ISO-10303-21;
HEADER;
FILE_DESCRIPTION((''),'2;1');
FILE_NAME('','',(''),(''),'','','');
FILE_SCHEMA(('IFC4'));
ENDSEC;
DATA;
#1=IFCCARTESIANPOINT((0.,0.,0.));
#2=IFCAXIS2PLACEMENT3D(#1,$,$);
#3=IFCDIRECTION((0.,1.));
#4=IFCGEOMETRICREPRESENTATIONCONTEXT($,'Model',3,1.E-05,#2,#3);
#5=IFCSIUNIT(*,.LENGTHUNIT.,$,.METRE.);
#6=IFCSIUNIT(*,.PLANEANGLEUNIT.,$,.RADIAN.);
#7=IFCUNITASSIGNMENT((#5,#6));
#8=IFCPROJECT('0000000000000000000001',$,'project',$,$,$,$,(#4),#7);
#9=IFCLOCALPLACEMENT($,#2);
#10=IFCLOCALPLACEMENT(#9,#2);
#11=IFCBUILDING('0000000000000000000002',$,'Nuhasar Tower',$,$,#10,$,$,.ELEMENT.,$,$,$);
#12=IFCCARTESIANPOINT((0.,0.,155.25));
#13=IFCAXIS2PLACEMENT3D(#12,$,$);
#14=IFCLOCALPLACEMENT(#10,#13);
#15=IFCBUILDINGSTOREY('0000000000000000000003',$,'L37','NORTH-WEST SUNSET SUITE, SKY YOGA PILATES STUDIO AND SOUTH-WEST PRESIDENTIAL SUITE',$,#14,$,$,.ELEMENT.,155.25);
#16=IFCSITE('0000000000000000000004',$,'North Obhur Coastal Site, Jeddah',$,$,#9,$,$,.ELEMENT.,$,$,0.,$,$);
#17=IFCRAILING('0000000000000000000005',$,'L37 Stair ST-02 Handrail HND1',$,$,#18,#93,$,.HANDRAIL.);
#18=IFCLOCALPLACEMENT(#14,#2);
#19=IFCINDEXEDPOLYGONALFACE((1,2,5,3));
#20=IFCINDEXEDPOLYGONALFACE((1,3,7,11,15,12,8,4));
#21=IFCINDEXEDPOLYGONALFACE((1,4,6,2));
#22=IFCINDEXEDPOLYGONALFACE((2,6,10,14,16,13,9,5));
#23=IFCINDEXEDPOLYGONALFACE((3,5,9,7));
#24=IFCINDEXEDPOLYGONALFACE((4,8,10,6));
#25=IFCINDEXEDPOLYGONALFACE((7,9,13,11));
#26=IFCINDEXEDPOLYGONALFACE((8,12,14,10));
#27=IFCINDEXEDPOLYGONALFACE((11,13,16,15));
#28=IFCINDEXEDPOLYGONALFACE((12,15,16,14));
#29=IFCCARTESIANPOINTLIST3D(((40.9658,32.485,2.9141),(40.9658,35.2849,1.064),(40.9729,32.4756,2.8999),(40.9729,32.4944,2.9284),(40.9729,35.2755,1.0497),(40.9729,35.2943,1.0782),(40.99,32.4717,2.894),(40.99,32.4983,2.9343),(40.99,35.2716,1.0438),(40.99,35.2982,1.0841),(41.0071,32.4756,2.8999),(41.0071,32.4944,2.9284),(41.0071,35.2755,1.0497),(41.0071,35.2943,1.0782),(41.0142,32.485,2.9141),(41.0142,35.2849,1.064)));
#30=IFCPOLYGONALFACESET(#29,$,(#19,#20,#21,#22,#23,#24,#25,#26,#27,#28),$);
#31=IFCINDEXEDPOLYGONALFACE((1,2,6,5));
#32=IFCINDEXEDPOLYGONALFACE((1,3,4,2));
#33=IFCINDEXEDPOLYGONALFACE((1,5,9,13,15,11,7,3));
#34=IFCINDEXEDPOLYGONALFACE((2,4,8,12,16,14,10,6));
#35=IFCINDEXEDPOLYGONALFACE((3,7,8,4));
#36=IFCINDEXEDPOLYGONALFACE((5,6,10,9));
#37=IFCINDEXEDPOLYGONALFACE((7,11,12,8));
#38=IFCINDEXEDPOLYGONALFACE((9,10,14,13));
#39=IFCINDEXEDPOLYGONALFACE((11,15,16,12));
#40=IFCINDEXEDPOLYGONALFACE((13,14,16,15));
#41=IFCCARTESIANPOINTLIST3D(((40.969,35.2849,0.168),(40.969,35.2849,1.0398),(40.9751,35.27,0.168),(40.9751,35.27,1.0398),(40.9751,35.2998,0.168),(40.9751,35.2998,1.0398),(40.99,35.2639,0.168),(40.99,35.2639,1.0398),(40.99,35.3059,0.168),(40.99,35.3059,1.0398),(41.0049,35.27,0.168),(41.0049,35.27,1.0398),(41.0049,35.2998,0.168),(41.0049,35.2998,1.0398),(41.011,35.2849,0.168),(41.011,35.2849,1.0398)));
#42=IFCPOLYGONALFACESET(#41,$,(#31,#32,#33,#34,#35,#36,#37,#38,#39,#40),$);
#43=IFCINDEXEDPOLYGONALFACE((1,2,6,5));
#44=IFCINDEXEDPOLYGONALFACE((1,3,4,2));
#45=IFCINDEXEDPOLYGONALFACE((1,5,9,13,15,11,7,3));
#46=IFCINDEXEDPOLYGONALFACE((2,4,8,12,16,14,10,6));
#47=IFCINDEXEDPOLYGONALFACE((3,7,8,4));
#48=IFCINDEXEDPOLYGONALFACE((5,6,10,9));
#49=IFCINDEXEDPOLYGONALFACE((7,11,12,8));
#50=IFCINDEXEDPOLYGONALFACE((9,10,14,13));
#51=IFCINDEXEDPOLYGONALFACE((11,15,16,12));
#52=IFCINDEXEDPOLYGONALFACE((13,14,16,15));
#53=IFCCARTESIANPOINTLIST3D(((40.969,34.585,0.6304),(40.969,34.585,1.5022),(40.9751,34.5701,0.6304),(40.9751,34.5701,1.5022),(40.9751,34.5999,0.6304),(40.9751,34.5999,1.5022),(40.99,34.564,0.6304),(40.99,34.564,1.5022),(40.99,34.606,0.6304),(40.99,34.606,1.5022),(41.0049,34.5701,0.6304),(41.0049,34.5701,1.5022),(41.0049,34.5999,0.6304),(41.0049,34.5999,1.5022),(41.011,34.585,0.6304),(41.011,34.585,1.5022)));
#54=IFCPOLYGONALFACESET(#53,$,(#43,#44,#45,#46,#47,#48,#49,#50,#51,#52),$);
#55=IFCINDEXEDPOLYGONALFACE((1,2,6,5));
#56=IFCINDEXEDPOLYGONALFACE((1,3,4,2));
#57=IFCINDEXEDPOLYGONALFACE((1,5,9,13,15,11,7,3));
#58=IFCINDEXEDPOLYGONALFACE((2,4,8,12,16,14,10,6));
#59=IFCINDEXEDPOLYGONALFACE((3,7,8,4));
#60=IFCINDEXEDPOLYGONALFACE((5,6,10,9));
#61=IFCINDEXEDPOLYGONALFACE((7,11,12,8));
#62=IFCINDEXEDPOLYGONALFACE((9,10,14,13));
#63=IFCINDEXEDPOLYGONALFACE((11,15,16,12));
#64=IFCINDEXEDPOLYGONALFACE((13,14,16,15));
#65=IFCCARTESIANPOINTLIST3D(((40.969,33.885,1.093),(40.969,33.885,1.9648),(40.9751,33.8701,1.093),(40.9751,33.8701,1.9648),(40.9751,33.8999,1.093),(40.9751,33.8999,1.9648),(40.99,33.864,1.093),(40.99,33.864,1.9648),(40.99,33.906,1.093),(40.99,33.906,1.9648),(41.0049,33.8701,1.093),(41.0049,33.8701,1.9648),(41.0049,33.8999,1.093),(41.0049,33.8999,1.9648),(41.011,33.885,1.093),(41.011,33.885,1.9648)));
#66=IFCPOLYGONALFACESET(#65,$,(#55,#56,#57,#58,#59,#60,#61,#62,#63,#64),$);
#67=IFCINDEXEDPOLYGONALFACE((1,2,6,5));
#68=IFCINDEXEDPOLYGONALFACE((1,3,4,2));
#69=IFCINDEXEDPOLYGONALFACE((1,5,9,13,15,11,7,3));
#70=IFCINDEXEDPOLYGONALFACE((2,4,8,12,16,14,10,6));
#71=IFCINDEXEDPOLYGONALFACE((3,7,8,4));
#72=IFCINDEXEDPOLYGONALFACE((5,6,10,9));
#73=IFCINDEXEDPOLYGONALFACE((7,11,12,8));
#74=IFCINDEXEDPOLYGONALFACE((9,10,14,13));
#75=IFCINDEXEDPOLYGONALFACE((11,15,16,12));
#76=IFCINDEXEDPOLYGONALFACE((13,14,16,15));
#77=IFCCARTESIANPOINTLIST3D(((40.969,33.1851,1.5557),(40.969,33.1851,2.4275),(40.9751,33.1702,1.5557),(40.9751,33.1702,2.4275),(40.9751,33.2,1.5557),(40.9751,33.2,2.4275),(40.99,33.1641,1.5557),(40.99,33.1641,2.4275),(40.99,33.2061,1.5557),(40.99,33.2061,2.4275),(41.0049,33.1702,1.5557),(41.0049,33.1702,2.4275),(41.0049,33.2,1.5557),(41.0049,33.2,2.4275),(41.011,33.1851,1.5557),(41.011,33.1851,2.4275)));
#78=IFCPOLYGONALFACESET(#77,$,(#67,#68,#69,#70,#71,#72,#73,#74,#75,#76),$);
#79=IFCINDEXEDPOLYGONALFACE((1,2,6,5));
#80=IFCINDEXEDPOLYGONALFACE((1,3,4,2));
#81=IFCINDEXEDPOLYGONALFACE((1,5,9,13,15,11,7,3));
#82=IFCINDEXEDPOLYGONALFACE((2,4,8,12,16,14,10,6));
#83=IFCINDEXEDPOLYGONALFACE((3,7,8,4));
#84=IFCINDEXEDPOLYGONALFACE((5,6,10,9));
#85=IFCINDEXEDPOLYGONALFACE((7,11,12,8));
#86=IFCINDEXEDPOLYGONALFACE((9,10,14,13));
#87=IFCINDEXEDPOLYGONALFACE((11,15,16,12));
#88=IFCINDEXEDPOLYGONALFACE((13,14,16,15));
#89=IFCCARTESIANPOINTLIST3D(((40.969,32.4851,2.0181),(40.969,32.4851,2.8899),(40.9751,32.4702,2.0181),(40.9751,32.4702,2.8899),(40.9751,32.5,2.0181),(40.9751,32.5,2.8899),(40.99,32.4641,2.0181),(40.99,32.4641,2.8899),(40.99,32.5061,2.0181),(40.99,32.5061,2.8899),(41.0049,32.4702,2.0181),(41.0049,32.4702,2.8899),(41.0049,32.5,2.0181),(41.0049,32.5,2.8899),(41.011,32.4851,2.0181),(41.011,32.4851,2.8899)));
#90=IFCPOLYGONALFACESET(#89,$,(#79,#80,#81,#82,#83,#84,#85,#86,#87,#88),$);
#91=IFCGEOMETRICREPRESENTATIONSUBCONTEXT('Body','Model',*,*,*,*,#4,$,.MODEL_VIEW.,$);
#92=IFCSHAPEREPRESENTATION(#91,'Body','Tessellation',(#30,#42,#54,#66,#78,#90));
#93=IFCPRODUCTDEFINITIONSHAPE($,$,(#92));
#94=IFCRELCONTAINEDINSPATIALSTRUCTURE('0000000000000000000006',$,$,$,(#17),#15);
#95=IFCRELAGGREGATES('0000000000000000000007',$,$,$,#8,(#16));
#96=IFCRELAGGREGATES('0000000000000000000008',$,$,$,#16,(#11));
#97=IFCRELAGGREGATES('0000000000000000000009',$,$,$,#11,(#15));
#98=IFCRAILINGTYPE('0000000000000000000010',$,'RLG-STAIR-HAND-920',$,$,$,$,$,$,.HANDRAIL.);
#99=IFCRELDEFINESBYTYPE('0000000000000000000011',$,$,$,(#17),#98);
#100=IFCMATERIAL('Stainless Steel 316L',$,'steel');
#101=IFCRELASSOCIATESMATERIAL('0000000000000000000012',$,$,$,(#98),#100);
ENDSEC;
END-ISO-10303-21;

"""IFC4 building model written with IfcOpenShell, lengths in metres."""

from ifc_helpers import new_model, si_unit, direction, frame, origin, place, context, subcontext, project, spatial, polyline, outline, extrude, material, type_object, element, save


model = new_model("IFC4")

# Units and contexts
model_context = context("Model", 3, precision=1e-05, world=origin(), true_north=direction((0.0, 1.0)))
body_context = subcontext(model_context, "Body", "Model", "MODEL_VIEW")
ifc_project = project(units=[si_unit("LENGTHUNIT", "METRE"), si_unit("PLANEANGLEUNIT", "RADIAN")], contexts=[model_context])

# Site, building, storey
site_placement = place(None, origin())
site = spatial("IfcSite", under=ifc_project, at=site_placement, Name="North Obhur Coastal Site, Jeddah", CompositionType="ELEMENT", RefElevation=0.0)
building_placement = place(site_placement, origin())
building = spatial("IfcBuilding", under=site, at=building_placement, Name="Nuhasar Tower", CompositionType="ELEMENT")
storey_placement = place(building_placement, frame((0.0, 0.0, 155.25)))
storey = spatial("IfcBuildingStorey", under=building, at=storey_placement, Name="L37", Description="NORTH-WEST SUNSET SUITE, SKY YOGA PILATES STUDIO AND SOUTH-WEST PRESIDENTIAL SUITE", CompositionType="ELEMENT", Elevation=155.25)

# Railing
ifc_material_1 = material(Name="Stainless Steel 316L", Category="steel")
railing_type_1 = type_object("IfcRailingType", Name="RLG-STAIR-HAND-920", PredefinedType="HANDRAIL", material=ifc_material_1)
railing_1_placement = place(storey_placement, frame((40.99, 35.2849, 0.168)))
element("IfcRailing", 1, at=railing_1_placement, inside=storey, type_object=railing_type_1, Name="L37 Stair ST-02 Handrail HND1", PredefinedType="HANDRAIL", context=body_context, shape_type="SweptSolid", body=[
    extrude(outline(polyline([(0.0242, 0.0), (0.0171, 0.0171), (0.0, 0.0242), (-0.0171, 0.0171), (-0.0242, 0.0), (-0.0171, -0.0171), (0.0, -0.0242), (0.0171, -0.0171), (0.0242, 0.0)])), frame((0.0, 0.0, 0.896), z_axis=(0.0, -0.834304, 0.551304), x_axis=(1.0, 0.0, 0.0)), (0.0, 0.0, 1.0), 3.356),
    extrude(outline(polyline([(0.021, 0.0), (0.0149, 0.0149), (0.0, 0.021), (-0.0149, 0.0149), (-0.021, 0.0), (-0.0149, -0.0149), (0.0, -0.021), (0.0149, -0.0149), (0.021, 0.0)])), origin(), (0.0, 0.0, 1.0), 0.8718),
    extrude(outline(polyline([(0.021, 0.0), (0.0149, 0.0149), (0.0, 0.021), (-0.0149, 0.0149), (-0.021, 0.0), (-0.0149, -0.0149), (0.0, -0.021), (0.0149, -0.0149), (0.021, 0.0)])), frame((0.0, -0.7, 0.4624)), (0.0, 0.0, 1.0), 0.8718),
    extrude(outline(polyline([(0.021, 0.0), (0.0149, 0.0149), (0.0, 0.021), (-0.0149, 0.0149), (-0.021, 0.0), (-0.0149, -0.0149), (0.0, -0.021), (0.0149, -0.0149), (0.021, 0.0)])), frame((0.0, -1.3999, 0.925)), (0.0, 0.0, 1.0), 0.8718),
    extrude(outline(polyline([(0.021, 0.0), (0.0149, 0.0149), (0.0, 0.021), (-0.0149, 0.0149), (-0.021, 0.0), (-0.0149, -0.0149), (0.0, -0.021), (0.0149, -0.0149), (0.021, 0.0)])), frame((0.0, -2.0999, 1.3877)), (0.0, 0.0, 1.0), 0.8718),
    extrude(outline(polyline([(0.021, 0.0), (0.0149, 0.0149), (0.0, 0.021), (-0.0149, 0.0149), (-0.021, 0.0), (-0.0149, -0.0149), (0.0, -0.021), (0.0149, -0.0149), (0.021, 0.0)])), frame((0.0, -2.7998, 1.8501)), (0.0, 0.0, 1.0), 0.8718),
])

save(model, "model.ifc")
